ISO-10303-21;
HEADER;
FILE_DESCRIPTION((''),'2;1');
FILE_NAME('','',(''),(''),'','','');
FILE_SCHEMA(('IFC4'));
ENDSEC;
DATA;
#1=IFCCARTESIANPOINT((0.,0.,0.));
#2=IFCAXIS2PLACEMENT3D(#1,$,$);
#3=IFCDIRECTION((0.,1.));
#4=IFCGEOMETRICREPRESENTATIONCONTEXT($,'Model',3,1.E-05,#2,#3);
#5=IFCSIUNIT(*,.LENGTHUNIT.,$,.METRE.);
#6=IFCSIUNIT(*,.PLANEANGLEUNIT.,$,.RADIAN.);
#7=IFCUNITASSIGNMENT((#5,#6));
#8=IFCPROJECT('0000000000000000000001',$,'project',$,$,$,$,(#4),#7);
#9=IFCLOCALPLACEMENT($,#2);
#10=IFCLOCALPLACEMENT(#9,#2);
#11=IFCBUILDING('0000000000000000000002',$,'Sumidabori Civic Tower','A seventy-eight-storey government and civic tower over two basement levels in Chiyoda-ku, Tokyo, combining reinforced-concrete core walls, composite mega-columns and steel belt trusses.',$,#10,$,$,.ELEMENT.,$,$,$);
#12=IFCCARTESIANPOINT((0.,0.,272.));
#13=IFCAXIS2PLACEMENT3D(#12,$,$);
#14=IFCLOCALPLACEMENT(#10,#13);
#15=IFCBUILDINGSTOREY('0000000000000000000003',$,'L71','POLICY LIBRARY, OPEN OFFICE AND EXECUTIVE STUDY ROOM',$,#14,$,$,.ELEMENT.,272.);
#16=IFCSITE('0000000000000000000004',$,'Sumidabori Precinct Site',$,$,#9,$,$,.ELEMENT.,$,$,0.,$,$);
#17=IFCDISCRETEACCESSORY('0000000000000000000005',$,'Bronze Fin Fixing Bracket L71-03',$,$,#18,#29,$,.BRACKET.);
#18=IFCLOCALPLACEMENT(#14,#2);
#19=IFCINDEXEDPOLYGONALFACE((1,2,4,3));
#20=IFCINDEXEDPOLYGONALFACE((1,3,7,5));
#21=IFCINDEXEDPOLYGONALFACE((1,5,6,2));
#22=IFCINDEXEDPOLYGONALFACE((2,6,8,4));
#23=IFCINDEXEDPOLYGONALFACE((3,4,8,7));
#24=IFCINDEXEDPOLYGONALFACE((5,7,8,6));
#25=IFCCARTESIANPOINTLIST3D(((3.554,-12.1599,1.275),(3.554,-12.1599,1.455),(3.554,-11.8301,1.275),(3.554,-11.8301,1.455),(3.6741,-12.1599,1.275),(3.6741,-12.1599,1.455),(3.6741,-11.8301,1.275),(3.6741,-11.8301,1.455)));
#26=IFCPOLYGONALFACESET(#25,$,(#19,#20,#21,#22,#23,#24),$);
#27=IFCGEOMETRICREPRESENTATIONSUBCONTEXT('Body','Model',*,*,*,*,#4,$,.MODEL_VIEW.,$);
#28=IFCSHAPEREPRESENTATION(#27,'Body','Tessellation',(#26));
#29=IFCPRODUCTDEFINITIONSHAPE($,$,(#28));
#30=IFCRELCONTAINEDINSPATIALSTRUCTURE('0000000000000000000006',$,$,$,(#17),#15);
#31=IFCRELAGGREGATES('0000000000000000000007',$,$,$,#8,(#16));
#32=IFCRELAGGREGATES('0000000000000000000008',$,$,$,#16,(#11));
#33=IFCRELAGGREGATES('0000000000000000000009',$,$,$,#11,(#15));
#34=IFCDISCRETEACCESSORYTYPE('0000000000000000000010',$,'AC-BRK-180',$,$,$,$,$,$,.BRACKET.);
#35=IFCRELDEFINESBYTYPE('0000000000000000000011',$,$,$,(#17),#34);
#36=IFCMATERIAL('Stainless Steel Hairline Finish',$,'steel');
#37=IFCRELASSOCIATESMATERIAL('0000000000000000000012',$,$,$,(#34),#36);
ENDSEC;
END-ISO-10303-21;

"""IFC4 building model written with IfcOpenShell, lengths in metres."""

from ifc_helpers import new_model, si_unit, direction, frame, origin, origin_2d, place, context, subcontext, project, spatial, rectangle, extrude, source, transform, mapped, material, material_profile, profile_set, type_object, element, save


model = new_model("IFC4")

# Units and contexts
model_context = context("Model", 3, precision=1e-05, world=origin(), true_north=direction((0.0, 1.0)))
body_context = subcontext(model_context, "Body", "Model", "MODEL_VIEW")
ifc_project = project(units=[si_unit("LENGTHUNIT", "METRE"), si_unit("PLANEANGLEUNIT", "RADIAN")], contexts=[model_context])

# Site, building, storey
site_placement = place(None, origin())
site = spatial("IfcSite", under=ifc_project, at=site_placement, Name="Sumidabori Precinct Site", CompositionType="ELEMENT", RefElevation=0.0)
building_placement = place(site_placement, origin())
building = spatial("IfcBuilding", under=site, at=building_placement, Name="Sumidabori Civic Tower", Description="A seventy-eight-storey government and civic tower over two basement levels in Chiyoda-ku, Tokyo, combining reinforced-concrete core walls, composite mega-columns and steel belt trusses.", CompositionType="ELEMENT")
storey_placement = place(building_placement, frame((0.0, 0.0, 272.0)))
storey = spatial("IfcBuildingStorey", under=building, at=storey_placement, Name="L71", Description="POLICY LIBRARY, OPEN OFFICE AND EXECUTIVE STUDY ROOM", CompositionType="ELEMENT", Elevation=272.0)

# Discrete accessory
ifc_material_1 = material(Name="Stainless Steel Hairline Finish", Category="steel")
ifc_material_profile_1 = material_profile(ifc_material_1, rectangle(XDim=0.1201, YDim=0.1799, at=origin_2d()), Name="STEEL BRACKET 180x120")
ifc_profile_set_1 = profile_set([ifc_material_profile_1], Name="Stainless Steel Hairline Finish")
discrete_accessory_type = type_object("IfcDiscreteAccessoryType", Name="AC-BRK-180", PredefinedType="BRACKET", material=ifc_profile_set_1)
shared_shape_1 = source(origin(), body_context, "Body", "SweptSolid", [
    extrude(rectangle(XDim=0.1201, YDim=0.1799, at=origin_2d()), origin(), (0.0, 0.0, 1.0), 0.3298),
])
discrete_accessory_placement = place(storey_placement, frame((3.614, -11.8301, 1.365), z_axis=(0.0, -1.0, 0.0), x_axis=(1.0, 0.0, 0.0)))
element("IfcDiscreteAccessory", 1, at=discrete_accessory_placement, inside=storey, type_object=discrete_accessory_type, Name="Bronze Fin Fixing Bracket L71-03", PredefinedType="BRACKET", context=body_context, shape_type="MappedRepresentation", body=[
    mapped(shared_shape_1, transform((0.0, 0.0, 0.0), x_axis=(1.0, 0.0, 0.0), y_axis=(0.0, 1.0, 0.0), z_axis=(0.0, 0.0, 1.0), scale=1.0)),
])

save(model, "model.ifc")
